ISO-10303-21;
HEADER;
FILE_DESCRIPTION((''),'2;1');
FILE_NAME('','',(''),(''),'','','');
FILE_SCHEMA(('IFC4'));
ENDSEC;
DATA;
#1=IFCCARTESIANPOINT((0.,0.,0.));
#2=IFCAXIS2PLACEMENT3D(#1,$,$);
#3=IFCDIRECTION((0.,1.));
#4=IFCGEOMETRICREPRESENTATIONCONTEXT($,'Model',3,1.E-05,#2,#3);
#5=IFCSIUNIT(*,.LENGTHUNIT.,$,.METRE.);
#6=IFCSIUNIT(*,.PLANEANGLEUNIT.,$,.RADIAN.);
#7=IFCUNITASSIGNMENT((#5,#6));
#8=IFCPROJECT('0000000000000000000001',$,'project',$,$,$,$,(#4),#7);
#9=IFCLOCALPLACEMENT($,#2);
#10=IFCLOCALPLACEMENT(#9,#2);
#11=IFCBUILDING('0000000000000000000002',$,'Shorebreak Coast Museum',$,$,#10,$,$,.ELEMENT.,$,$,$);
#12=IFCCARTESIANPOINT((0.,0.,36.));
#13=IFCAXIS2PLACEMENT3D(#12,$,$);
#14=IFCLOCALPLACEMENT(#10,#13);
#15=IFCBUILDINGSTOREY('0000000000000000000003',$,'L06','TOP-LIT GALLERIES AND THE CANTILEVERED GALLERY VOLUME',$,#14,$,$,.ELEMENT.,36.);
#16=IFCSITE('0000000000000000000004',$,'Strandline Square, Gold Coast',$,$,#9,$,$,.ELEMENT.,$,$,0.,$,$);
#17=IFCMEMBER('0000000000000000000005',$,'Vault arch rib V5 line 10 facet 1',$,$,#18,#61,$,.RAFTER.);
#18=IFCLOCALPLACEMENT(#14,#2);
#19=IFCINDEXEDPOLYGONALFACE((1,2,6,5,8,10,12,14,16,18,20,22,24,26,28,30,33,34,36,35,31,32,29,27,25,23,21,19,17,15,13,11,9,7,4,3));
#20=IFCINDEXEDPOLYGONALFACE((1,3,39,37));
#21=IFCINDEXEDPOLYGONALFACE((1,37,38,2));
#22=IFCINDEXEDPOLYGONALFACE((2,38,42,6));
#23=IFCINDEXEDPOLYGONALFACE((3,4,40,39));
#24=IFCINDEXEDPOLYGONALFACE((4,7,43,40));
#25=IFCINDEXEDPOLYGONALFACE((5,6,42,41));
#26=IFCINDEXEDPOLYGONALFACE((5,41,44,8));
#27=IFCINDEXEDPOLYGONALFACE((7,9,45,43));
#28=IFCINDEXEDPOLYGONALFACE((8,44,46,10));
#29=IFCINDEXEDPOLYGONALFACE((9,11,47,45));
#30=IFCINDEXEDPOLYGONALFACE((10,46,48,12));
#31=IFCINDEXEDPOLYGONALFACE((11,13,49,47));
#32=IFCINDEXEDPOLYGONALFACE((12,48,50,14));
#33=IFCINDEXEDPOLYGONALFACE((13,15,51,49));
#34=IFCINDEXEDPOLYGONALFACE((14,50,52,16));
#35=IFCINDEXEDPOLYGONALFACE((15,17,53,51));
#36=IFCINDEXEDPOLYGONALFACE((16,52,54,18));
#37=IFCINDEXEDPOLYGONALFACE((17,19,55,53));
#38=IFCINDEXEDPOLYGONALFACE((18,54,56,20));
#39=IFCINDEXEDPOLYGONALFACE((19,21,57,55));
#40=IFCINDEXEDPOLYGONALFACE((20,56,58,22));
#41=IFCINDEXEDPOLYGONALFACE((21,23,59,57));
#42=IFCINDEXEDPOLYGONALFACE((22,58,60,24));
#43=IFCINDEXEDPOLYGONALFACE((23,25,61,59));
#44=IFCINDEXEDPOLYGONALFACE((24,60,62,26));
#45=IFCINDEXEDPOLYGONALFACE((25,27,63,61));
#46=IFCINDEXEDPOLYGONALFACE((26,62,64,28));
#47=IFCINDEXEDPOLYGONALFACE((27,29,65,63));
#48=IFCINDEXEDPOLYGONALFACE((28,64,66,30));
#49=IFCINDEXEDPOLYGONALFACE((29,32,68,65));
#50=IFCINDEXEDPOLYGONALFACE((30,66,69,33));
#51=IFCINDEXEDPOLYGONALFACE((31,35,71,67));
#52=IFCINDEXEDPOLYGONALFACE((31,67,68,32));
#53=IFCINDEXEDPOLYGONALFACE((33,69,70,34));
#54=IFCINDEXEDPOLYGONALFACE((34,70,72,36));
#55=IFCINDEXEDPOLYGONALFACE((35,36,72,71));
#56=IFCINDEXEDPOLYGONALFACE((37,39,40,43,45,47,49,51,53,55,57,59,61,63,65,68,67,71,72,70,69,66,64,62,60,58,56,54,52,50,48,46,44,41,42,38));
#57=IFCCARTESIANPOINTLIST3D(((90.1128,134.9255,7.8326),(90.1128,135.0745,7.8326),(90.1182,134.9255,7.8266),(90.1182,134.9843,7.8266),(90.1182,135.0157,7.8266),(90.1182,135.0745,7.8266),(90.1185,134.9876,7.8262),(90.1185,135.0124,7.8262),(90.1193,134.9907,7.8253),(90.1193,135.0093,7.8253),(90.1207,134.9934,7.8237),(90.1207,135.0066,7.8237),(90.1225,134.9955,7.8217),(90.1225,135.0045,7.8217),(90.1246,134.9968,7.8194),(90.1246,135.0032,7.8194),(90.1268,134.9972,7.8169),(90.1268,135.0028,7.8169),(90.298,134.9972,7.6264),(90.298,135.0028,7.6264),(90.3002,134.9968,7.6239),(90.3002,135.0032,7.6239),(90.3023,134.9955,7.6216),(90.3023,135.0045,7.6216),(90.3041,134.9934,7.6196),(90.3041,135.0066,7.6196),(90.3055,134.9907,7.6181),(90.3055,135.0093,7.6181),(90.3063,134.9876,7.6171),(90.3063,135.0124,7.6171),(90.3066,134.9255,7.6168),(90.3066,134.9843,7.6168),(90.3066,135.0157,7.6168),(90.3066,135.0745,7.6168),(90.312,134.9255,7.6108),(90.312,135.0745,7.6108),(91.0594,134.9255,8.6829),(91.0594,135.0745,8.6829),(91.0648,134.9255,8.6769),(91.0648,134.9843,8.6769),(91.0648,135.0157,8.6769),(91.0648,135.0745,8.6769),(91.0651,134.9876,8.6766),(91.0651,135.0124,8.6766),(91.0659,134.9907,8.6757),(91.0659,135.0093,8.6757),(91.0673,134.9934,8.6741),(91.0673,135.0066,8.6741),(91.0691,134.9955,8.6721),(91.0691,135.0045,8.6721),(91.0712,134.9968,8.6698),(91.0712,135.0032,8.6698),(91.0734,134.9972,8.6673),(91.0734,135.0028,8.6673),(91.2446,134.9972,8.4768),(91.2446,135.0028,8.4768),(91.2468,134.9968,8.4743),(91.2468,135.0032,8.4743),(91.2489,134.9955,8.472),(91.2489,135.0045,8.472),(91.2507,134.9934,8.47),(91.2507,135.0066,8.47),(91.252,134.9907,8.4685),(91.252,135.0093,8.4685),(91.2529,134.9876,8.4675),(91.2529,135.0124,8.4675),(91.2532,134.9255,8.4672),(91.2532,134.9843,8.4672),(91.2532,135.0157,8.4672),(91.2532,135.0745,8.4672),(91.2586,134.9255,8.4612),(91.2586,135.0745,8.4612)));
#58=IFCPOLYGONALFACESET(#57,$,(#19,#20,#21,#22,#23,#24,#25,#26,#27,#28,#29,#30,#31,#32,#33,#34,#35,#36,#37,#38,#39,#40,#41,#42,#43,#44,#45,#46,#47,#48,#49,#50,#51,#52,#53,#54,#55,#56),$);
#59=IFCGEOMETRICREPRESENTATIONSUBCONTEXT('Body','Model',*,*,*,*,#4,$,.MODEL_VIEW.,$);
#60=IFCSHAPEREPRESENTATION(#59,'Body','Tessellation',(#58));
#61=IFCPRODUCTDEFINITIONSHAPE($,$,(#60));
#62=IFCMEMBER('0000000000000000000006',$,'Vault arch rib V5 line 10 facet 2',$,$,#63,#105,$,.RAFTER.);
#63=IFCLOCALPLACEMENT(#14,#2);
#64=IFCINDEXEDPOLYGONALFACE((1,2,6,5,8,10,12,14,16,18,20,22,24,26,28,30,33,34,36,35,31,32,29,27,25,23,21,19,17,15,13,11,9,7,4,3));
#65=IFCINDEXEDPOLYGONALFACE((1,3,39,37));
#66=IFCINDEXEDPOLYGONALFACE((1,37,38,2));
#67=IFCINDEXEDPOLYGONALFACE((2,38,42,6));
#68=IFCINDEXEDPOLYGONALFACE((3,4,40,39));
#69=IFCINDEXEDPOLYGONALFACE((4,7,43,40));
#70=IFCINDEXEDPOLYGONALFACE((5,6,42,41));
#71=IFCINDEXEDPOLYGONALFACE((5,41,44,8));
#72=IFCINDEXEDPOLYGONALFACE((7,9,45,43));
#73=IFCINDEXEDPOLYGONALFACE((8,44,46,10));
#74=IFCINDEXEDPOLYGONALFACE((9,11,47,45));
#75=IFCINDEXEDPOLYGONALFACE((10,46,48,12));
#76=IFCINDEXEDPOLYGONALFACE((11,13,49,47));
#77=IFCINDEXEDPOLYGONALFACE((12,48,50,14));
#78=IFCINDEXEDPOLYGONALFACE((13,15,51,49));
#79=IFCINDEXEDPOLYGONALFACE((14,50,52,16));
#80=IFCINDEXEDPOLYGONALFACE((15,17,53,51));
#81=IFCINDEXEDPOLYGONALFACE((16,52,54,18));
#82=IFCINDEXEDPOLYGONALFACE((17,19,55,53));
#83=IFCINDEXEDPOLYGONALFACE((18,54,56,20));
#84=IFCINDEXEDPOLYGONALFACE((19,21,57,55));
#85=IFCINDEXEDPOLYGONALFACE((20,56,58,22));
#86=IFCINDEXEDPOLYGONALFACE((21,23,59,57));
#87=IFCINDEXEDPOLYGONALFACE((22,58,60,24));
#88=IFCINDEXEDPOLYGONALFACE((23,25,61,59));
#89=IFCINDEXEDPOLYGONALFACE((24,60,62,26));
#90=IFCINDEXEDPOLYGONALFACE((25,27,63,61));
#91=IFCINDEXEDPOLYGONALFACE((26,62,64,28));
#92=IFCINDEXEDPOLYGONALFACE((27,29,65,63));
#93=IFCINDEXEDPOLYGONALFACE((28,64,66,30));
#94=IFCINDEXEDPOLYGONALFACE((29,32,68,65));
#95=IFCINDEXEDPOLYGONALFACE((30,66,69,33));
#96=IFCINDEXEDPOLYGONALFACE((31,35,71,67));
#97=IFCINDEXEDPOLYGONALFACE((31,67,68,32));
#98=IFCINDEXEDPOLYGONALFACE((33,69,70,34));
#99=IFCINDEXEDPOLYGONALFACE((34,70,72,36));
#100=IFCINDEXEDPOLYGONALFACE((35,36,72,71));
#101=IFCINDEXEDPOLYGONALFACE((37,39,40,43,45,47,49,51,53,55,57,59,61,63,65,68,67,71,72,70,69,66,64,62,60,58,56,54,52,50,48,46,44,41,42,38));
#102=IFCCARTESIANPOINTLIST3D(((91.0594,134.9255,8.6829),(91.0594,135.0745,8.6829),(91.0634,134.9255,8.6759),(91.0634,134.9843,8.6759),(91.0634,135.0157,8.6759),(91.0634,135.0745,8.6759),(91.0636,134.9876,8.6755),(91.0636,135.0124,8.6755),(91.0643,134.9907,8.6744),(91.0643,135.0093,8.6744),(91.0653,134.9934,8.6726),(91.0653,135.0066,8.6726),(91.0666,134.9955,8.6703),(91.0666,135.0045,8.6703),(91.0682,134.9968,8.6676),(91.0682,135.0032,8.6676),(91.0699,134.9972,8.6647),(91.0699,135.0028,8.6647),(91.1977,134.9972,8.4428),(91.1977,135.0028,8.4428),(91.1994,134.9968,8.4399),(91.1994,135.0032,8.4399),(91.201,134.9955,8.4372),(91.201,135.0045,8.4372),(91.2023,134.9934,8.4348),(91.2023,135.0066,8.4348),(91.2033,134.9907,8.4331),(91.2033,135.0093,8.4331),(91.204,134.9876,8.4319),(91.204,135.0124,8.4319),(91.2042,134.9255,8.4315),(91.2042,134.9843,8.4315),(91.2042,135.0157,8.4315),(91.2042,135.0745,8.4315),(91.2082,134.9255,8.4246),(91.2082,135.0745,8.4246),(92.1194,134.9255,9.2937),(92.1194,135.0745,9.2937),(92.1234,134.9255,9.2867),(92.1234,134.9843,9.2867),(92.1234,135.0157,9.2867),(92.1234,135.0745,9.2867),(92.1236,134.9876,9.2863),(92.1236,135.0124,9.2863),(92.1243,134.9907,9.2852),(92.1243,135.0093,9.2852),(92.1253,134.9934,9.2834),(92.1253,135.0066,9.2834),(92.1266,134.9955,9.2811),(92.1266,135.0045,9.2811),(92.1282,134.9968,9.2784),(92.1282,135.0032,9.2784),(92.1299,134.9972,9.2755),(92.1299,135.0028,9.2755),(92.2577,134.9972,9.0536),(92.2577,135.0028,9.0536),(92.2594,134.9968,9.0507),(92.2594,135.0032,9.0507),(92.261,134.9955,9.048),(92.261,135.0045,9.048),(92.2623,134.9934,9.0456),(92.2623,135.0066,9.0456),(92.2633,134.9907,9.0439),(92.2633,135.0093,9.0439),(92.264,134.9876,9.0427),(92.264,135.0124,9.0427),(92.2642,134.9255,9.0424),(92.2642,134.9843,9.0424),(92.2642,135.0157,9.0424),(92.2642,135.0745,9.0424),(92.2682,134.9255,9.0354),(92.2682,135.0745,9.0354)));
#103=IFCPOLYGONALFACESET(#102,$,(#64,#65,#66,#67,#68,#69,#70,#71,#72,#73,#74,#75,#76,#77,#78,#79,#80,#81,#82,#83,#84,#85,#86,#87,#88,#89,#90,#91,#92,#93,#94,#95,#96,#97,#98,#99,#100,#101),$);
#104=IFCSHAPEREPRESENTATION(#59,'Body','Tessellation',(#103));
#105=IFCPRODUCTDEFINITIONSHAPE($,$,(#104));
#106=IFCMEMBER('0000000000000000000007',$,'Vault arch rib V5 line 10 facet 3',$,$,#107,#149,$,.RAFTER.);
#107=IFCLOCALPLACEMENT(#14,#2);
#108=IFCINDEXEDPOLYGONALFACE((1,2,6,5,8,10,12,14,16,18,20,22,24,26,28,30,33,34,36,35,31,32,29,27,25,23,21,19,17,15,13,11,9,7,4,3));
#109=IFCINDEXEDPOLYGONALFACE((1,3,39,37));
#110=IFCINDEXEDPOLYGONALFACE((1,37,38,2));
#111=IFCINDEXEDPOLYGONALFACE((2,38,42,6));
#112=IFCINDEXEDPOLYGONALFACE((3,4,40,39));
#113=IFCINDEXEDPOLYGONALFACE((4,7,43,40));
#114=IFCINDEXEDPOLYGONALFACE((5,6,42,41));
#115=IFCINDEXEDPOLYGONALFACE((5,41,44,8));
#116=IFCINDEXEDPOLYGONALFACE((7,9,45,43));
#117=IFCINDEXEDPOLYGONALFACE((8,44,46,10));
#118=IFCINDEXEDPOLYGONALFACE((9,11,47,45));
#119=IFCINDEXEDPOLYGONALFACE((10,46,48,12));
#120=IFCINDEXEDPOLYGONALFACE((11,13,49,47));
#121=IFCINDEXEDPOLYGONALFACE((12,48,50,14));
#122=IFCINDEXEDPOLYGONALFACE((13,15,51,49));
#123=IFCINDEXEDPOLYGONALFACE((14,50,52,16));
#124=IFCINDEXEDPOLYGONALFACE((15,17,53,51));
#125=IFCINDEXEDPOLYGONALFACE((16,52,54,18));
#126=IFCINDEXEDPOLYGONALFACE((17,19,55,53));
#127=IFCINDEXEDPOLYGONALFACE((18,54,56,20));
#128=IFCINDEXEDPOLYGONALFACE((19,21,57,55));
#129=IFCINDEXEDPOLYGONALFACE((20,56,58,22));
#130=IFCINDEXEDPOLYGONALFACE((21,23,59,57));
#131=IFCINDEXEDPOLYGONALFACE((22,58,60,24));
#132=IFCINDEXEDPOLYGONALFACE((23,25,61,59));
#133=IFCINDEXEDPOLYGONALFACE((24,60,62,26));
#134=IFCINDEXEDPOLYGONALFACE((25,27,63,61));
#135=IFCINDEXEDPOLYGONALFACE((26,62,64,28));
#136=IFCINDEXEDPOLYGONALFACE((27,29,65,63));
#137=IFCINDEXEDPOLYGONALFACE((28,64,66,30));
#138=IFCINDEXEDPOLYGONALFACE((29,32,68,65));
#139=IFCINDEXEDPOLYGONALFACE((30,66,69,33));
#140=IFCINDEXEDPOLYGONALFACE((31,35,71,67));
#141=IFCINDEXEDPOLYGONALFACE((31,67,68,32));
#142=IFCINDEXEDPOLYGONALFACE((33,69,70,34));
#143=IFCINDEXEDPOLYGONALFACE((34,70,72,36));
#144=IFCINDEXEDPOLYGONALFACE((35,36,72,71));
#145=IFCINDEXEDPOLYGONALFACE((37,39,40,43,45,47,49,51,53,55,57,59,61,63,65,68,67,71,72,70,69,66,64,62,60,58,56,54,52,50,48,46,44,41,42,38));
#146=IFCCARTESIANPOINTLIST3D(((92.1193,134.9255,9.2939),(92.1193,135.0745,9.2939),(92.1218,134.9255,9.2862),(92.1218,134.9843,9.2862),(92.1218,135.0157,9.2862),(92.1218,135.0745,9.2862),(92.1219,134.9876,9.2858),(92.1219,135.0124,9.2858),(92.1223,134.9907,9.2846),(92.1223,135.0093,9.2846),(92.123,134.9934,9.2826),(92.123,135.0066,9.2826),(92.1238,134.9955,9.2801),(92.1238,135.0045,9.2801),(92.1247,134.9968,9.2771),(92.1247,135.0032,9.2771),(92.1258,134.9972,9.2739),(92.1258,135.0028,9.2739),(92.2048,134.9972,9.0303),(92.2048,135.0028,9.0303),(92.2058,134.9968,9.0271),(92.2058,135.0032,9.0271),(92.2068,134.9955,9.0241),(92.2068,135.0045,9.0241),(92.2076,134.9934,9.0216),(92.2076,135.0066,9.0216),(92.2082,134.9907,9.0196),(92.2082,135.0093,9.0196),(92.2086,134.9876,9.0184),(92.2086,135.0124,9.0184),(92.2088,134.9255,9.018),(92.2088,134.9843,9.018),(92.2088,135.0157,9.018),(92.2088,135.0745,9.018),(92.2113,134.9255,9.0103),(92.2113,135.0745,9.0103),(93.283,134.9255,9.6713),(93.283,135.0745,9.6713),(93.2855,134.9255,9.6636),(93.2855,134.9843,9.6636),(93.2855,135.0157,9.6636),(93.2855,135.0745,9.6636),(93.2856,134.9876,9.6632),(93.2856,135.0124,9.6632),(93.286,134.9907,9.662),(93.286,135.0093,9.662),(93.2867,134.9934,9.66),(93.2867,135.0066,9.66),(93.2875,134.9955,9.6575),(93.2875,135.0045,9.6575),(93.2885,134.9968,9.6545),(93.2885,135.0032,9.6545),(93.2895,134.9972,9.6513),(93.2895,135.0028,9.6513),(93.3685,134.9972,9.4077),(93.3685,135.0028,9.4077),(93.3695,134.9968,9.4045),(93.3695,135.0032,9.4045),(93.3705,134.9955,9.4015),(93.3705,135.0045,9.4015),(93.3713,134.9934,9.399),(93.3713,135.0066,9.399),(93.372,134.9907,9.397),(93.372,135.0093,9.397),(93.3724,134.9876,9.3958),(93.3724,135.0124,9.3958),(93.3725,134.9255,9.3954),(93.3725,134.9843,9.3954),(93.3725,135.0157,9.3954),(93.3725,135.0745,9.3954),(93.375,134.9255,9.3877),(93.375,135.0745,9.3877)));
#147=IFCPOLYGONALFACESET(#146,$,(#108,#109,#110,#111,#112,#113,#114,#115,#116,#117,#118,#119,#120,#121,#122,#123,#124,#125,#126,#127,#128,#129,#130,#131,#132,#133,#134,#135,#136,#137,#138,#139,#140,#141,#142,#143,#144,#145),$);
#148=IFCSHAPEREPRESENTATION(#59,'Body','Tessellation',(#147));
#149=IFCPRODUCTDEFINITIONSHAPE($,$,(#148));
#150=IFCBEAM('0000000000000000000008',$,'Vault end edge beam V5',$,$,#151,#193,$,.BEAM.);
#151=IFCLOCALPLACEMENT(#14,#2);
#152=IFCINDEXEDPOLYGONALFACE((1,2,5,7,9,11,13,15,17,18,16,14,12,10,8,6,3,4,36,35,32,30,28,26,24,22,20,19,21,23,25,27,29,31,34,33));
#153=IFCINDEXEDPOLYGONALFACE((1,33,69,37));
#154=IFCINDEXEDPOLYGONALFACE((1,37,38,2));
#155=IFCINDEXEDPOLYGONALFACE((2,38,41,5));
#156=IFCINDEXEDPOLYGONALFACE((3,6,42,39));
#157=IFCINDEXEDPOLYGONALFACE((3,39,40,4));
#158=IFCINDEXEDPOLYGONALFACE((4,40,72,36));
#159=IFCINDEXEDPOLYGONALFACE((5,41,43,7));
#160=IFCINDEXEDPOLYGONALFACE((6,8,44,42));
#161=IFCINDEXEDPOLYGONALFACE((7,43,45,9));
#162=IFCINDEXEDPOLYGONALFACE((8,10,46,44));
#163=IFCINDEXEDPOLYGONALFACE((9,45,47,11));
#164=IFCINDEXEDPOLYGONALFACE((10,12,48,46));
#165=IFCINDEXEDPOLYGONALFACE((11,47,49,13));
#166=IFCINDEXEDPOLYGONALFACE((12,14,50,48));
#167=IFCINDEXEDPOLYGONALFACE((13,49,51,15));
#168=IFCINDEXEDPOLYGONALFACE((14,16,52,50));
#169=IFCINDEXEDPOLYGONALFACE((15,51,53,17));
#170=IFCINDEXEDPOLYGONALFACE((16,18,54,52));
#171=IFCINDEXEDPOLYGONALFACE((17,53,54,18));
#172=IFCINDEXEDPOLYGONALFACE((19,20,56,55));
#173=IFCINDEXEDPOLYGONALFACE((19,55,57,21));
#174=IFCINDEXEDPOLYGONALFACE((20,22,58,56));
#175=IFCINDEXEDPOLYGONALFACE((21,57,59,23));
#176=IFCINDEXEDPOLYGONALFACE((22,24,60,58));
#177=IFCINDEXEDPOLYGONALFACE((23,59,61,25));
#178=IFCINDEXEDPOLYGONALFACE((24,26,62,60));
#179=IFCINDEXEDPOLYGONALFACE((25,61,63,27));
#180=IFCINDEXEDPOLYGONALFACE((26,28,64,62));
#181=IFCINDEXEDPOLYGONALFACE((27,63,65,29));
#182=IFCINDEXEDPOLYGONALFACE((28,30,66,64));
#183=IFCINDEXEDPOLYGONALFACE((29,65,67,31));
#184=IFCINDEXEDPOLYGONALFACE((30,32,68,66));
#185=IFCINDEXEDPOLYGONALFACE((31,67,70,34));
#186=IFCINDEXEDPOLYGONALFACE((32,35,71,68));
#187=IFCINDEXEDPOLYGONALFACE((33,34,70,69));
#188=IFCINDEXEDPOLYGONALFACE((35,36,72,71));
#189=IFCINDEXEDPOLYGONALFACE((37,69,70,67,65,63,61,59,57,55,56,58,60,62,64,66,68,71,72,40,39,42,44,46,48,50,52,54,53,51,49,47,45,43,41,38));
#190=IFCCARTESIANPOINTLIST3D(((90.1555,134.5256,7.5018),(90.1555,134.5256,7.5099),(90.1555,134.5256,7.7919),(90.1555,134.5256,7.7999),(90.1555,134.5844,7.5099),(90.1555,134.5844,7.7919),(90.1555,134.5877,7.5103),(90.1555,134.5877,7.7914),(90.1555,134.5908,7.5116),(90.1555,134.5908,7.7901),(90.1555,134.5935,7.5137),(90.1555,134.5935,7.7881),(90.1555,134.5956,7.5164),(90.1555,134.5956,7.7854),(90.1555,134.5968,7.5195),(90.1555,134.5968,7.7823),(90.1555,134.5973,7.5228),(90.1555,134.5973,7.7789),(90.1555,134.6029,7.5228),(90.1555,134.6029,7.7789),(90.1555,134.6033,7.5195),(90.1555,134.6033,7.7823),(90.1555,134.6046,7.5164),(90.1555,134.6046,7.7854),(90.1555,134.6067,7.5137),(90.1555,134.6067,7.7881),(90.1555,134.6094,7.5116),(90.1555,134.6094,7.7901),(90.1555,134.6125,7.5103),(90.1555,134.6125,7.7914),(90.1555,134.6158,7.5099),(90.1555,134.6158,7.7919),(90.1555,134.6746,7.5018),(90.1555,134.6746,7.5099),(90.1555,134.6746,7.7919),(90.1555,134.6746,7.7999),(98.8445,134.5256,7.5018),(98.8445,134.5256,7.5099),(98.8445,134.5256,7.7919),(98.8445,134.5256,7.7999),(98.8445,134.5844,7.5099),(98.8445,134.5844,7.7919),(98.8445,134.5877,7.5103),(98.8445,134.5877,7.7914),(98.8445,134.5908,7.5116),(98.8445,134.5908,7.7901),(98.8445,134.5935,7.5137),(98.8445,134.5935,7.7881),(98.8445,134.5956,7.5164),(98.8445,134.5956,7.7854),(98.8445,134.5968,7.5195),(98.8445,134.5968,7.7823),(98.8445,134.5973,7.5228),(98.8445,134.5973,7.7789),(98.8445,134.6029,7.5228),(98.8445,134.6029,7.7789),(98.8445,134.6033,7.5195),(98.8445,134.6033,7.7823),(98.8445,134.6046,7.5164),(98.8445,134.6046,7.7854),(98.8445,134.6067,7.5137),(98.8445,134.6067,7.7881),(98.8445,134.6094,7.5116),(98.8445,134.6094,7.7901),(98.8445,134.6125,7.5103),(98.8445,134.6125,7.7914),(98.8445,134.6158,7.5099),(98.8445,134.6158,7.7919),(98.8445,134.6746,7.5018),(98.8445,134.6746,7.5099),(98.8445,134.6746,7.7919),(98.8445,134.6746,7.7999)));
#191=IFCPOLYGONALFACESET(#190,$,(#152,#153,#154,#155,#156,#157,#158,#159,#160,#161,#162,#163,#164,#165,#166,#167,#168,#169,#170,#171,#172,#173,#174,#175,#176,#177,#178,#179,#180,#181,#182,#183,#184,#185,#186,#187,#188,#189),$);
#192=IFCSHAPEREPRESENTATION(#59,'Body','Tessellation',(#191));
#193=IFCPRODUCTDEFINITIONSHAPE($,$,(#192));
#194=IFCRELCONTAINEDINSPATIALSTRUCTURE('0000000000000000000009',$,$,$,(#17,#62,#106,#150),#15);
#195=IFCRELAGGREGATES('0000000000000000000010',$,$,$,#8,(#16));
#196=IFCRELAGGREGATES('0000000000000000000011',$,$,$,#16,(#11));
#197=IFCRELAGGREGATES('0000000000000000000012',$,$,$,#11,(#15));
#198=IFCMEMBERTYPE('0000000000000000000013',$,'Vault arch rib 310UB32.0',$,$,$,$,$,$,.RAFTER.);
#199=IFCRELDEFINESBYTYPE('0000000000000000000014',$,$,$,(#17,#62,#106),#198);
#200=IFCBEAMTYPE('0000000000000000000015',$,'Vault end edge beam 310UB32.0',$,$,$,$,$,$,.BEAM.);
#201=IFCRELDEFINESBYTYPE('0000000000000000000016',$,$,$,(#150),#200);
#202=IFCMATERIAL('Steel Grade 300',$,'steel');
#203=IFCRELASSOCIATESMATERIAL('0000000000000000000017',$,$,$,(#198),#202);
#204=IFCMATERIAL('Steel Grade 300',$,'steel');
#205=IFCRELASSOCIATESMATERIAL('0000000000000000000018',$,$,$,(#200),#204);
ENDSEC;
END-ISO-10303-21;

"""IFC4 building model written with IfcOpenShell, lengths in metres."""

from ifc_helpers import new_model, si_unit, direction, frame, origin, origin_2d, place, context, subcontext, project, spatial, i_section, extrude, material, material_profile, profile_set, type_object, element, save


model = new_model("IFC4")

# Units and contexts
model_context = context("Model", 3, precision=1e-05, world=origin(), true_north=direction((0.0, 1.0)))
body_context = subcontext(model_context, "Body", "Model", "MODEL_VIEW")
ifc_project = project(units=[si_unit("LENGTHUNIT", "METRE"), si_unit("PLANEANGLEUNIT", "RADIAN")], contexts=[model_context])

# Site, building, storey
site_placement = place(None, origin())
site = spatial("IfcSite", under=ifc_project, at=site_placement, Name="Strandline Square, Gold Coast", CompositionType="ELEMENT", RefElevation=0.0)
building_placement = place(site_placement, origin())
building = spatial("IfcBuilding", under=site, at=building_placement, Name="Shorebreak Coast Museum", CompositionType="ELEMENT")
storey_placement = place(building_placement, frame((0.0, 0.0, 36.0)))
storey = spatial("IfcBuildingStorey", under=building, at=storey_placement, Name="L06", Description="TOP-LIT GALLERIES AND THE CANTILEVERED GALLERY VOLUME", CompositionType="ELEMENT", Elevation=36.0)

# Members
ifc_material_1 = material(Name="Steel Grade 300", Category="steel")
ifc_material_profile_1 = material_profile(ifc_material_1, i_section(OverallWidth=0.1489, OverallDepth=0.2981, WebThickness=0.0056, FlangeThickness=0.0081, FilletRadius=0.0129, at=origin_2d()), Name="310UB32.0")
ifc_profile_set_1 = profile_set([ifc_material_profile_1], Name="Steel Grade 300")
member_type_1 = type_object("IfcMemberType", Name="Vault arch rib 310UB32.0", PredefinedType="RAFTER", material=ifc_profile_set_1)
for number, where, z_axis, x_axis, name in (
    (1, (90.2124, 135.0, 7.7217), (0.743895, 0.0, 0.668297), (0.0, 1.0, 0.0), "Vault arch rib V5 line 10 facet 1"),
):
    element("IfcMember", number, at=place(storey_placement, frame(where, z_axis=z_axis, x_axis=x_axis)), inside=storey, type_object=member_type_1, Name=name, PredefinedType="RAFTER", context=body_context, shape_type="SweptSolid", body=[
        extrude(i_section(OverallWidth=0.1489, OverallDepth=0.2981, WebThickness=0.0056, FlangeThickness=0.0081, FilletRadius=0.0129, at=origin_2d()), origin(), (0.0, 0.0, 1.0), 1.2725),
    ])
for number, where, z_axis, x_axis, name in (
    (2, (91.1338, 135.0, 8.5537), (0.866445, 0.0, 0.499273), (0.0, 1.0, 0.0), "Vault arch rib V5 line 10 facet 2"),
    (3, (92.1653, 135.0, 9.1521), (0.951226, 0.0, 0.308495), (0.0, 1.0, 0.0), "Vault arch rib V5 line 10 facet 3"),
):
    element("IfcMember", number, at=place(storey_placement, frame(where, z_axis=z_axis, x_axis=x_axis)), inside=storey, type_object=member_type_1, Name=name, PredefinedType="RAFTER", context=body_context, shape_type="SweptSolid", body=[
        extrude(i_section(OverallWidth=0.1489, OverallDepth=0.2981, WebThickness=0.0056, FlangeThickness=0.0081, FilletRadius=0.0129, at=origin_2d()), origin(), (0.0, 0.0, 1.0), 1.2234),
    ])

# Beam
ifc_material_2 = material(Name="Steel Grade 300", Category="steel")
ifc_material_profile_2 = material_profile(ifc_material_2, i_section(OverallWidth=0.1489, OverallDepth=0.2981, WebThickness=0.0056, FlangeThickness=0.0081, FilletRadius=0.0129, at=origin_2d()), Name="310UB32.0")
ifc_profile_set_2 = profile_set([ifc_material_profile_2], Name="Steel Grade 300")
beam_type_1 = type_object("IfcBeamType", Name="Vault end edge beam 310UB32.0", PredefinedType="BEAM", material=ifc_profile_set_2)
beam_1_placement = place(storey_placement, frame((90.1555, 134.6001, 7.6509), z_axis=(1.0, 0.0, 0.0), x_axis=(0.0, 1.0, 0.0)))
element("IfcBeam", 4, at=beam_1_placement, inside=storey, type_object=beam_type_1, Name="Vault end edge beam V5", PredefinedType="BEAM", context=body_context, shape_type="SweptSolid", body=[
    extrude(i_section(OverallWidth=0.1489, OverallDepth=0.2981, WebThickness=0.0056, FlangeThickness=0.0081, FilletRadius=0.0129, at=origin_2d()), origin(), (0.0, 0.0, 1.0), 8.689),
])

save(model, "model.ifc")
